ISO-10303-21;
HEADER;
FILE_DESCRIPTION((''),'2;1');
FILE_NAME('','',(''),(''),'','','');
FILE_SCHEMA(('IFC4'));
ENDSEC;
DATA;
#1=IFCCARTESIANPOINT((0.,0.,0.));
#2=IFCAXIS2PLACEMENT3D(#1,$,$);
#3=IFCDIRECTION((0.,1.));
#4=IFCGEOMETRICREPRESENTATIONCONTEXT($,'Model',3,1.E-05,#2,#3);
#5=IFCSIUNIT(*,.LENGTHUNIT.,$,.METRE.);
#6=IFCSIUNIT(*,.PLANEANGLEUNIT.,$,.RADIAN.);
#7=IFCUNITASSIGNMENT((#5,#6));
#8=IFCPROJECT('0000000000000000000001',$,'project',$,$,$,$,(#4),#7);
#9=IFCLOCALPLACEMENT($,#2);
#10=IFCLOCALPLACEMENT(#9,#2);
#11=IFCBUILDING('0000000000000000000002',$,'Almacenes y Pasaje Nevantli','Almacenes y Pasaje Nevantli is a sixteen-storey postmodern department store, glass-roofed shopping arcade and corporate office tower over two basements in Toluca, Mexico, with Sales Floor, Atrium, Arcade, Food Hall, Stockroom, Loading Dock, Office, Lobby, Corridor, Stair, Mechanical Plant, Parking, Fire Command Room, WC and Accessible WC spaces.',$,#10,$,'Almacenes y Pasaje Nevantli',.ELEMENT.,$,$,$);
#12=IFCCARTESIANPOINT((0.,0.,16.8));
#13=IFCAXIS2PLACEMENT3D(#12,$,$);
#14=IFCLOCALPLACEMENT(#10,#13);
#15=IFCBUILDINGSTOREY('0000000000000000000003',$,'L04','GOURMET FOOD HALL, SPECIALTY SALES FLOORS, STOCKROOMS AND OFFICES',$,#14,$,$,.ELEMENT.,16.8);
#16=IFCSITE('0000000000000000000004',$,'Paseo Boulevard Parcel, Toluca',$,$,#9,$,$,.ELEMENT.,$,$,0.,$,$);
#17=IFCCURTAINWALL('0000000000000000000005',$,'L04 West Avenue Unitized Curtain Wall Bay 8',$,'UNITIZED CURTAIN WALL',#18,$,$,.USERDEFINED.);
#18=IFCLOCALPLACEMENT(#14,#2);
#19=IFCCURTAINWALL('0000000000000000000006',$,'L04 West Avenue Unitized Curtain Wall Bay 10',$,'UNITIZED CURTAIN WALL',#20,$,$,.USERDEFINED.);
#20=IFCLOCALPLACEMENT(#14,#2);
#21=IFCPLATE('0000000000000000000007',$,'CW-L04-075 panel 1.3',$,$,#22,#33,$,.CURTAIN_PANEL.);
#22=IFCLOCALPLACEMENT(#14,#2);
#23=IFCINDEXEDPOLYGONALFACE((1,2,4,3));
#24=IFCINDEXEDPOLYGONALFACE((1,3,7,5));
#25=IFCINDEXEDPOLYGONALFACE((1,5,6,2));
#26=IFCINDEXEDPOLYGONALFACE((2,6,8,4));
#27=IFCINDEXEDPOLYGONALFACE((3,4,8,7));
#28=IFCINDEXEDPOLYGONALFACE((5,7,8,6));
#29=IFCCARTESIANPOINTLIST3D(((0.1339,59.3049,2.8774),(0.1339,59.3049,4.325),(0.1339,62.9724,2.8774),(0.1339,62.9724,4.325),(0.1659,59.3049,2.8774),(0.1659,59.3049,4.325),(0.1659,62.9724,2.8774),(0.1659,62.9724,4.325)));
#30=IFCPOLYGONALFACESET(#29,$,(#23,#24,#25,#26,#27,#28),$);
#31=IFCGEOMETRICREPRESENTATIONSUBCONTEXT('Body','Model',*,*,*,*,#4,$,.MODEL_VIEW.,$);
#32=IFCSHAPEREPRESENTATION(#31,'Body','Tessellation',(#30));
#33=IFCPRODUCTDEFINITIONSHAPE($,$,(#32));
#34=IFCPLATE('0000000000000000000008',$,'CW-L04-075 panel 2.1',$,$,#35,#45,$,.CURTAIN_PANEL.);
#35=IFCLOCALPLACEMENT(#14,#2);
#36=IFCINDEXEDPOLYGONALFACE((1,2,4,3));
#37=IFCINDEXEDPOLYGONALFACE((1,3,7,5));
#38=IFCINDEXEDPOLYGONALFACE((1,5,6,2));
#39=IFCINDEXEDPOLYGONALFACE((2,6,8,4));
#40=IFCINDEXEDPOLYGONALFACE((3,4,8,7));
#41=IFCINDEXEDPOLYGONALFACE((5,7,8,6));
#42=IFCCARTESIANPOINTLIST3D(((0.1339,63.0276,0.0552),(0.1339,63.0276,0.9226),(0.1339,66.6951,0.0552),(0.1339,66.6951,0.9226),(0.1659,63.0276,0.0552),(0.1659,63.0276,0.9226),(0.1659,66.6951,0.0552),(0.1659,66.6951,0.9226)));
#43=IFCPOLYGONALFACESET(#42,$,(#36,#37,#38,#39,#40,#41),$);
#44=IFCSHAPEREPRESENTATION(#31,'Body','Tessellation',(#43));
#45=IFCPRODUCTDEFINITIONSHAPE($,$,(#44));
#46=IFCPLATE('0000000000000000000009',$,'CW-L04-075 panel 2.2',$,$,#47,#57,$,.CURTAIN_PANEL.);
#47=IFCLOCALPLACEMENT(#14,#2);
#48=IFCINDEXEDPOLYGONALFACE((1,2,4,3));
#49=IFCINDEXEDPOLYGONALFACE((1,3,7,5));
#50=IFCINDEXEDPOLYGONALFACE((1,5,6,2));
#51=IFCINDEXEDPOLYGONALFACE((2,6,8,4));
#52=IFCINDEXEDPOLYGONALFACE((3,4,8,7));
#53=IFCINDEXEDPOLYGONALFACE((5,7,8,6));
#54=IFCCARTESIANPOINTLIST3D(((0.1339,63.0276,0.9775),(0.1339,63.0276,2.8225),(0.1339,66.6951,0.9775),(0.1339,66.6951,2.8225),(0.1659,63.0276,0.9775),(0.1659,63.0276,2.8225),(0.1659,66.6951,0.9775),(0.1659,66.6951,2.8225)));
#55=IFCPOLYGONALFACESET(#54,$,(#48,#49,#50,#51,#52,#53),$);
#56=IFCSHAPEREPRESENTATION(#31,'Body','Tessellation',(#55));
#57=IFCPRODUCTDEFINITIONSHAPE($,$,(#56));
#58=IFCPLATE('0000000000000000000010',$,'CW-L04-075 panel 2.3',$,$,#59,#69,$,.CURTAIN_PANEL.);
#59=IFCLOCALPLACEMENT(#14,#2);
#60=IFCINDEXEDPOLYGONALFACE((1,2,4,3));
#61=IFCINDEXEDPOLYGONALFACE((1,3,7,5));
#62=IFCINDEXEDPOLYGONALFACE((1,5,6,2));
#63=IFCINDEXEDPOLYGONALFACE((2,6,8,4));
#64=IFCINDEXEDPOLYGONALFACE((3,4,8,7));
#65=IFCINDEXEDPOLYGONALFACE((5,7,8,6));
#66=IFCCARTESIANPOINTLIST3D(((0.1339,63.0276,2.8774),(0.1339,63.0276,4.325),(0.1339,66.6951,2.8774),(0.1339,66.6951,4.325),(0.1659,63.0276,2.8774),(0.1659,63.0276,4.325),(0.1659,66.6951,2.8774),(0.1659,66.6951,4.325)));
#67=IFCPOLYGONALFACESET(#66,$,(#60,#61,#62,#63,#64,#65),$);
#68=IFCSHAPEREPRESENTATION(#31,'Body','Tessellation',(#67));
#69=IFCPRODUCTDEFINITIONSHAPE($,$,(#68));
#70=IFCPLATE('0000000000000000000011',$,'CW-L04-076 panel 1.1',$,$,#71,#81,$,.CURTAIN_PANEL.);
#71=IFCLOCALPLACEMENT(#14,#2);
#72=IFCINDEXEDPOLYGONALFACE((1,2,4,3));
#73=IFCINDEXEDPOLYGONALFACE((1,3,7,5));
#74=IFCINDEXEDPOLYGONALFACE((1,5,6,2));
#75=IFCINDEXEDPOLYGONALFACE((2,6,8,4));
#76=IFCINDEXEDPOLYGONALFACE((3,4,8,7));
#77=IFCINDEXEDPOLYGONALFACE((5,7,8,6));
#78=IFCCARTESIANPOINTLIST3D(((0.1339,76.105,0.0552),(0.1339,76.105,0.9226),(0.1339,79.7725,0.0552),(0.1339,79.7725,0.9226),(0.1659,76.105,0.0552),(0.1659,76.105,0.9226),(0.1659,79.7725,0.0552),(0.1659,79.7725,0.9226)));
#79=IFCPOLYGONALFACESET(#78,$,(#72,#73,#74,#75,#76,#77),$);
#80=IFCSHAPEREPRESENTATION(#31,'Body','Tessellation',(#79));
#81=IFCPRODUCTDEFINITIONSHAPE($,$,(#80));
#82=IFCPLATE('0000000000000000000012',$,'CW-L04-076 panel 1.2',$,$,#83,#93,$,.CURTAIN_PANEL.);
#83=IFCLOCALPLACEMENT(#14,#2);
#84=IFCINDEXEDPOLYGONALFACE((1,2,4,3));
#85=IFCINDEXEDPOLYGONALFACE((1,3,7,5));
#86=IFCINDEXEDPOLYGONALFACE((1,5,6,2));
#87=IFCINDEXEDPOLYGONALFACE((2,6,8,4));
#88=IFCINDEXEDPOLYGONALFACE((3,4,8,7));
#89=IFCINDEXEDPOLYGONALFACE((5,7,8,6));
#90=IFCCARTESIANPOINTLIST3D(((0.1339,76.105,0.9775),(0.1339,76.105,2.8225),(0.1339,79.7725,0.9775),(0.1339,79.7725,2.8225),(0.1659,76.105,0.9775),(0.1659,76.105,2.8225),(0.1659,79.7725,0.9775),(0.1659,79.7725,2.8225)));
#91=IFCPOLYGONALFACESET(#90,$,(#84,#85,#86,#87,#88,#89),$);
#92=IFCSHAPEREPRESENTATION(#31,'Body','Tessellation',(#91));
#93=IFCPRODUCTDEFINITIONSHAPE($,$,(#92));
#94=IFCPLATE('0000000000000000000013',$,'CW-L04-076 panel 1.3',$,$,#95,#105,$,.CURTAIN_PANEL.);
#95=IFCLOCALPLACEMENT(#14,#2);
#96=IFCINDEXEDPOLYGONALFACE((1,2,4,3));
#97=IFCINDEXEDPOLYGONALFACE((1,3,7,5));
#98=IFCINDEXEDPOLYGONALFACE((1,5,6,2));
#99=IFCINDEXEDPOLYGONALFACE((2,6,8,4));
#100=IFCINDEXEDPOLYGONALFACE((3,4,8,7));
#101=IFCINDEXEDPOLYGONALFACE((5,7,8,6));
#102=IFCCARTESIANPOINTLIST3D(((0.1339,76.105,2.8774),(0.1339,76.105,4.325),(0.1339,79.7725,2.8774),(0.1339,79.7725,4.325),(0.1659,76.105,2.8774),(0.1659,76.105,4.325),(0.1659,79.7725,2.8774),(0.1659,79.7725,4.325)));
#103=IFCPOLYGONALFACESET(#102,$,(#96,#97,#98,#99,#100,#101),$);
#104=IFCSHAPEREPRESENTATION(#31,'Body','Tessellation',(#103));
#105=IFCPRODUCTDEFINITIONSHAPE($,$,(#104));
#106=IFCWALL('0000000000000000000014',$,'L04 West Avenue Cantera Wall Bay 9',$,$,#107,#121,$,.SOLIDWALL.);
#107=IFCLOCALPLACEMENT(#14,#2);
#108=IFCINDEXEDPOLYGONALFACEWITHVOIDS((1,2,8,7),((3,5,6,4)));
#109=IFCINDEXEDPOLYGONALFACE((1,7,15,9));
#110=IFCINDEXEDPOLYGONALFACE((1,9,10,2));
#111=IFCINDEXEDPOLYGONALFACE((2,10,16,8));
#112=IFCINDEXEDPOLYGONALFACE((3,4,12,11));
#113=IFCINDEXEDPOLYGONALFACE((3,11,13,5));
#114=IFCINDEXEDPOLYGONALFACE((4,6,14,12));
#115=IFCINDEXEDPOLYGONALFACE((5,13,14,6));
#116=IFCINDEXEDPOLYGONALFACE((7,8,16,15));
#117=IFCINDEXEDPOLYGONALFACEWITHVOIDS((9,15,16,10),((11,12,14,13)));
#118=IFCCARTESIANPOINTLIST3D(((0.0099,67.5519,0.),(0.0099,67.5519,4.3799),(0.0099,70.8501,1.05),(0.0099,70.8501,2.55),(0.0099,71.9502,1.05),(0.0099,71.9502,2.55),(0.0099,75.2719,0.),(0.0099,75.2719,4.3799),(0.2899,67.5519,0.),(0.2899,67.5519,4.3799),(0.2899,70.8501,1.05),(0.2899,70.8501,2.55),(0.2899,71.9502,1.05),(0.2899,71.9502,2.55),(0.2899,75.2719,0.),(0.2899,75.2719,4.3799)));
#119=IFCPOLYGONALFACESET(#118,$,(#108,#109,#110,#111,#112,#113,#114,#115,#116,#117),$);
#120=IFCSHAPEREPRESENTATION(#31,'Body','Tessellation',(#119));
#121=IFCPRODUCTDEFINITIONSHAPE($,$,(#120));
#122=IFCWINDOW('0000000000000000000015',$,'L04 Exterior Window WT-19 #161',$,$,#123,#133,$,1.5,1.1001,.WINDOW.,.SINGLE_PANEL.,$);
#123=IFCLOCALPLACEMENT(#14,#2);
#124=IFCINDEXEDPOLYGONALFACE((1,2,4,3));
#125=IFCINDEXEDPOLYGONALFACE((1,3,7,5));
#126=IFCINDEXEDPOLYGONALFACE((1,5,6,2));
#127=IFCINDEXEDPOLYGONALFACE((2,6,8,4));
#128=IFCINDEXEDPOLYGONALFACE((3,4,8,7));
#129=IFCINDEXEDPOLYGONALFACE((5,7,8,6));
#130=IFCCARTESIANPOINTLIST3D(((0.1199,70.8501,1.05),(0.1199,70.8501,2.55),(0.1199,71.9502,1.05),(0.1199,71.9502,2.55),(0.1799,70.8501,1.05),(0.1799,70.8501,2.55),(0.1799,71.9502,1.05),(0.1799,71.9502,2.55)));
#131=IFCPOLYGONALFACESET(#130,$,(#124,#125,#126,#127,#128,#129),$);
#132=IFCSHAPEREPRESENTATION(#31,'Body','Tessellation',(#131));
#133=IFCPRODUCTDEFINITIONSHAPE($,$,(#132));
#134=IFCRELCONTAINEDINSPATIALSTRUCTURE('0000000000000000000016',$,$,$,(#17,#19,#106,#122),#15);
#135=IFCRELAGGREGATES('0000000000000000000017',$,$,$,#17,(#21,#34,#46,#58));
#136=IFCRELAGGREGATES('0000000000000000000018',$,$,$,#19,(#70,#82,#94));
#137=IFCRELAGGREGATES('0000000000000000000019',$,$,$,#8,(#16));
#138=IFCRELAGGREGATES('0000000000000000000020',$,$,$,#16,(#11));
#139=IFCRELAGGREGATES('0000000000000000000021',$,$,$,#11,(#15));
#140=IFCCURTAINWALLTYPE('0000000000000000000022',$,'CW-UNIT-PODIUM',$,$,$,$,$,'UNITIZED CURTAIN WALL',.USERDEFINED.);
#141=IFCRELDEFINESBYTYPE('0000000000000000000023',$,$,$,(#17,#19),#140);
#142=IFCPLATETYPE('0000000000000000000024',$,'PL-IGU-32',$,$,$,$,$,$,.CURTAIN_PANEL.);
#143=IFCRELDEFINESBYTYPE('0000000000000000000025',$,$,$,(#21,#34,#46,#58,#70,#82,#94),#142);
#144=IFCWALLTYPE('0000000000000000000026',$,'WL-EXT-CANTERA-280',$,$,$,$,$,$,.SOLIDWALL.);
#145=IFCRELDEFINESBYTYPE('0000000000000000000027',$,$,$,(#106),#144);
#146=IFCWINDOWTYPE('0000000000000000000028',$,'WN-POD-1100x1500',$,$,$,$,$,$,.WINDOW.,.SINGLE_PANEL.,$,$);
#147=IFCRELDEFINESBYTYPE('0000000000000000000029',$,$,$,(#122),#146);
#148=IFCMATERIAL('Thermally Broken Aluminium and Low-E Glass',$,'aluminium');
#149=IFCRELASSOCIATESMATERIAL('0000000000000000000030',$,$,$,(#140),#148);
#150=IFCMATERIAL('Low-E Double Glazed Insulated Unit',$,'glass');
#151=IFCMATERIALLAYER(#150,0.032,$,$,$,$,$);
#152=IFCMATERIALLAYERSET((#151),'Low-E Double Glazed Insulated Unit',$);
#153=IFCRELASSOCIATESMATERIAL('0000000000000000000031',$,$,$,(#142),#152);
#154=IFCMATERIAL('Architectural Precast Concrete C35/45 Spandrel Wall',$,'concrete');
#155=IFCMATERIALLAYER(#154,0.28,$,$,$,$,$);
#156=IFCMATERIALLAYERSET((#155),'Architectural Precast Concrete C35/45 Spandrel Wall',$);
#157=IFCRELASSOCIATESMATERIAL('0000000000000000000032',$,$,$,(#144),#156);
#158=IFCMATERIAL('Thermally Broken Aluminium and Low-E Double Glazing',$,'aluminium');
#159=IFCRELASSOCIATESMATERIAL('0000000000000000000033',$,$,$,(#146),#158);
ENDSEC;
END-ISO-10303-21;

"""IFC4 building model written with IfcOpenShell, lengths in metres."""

from ifc_helpers import new_model, si_unit, direction, frame, frame_2d, origin, origin_2d, place, context, subcontext, project, spatial, rectangle, extrude, material, layer, layer_set, type_object, element, fill, aggregate, save


model = new_model("IFC4")

# Units and contexts
model_context = context("Model", 3, precision=1e-05, world=origin(), true_north=direction((0.0, 1.0)))
body_context = subcontext(model_context, "Body", "Model", "MODEL_VIEW")
ifc_project = project(units=[si_unit("LENGTHUNIT", "METRE"), si_unit("PLANEANGLEUNIT", "RADIAN")], contexts=[model_context])

# Site, building, storey
site_placement = place(None, origin())
site = spatial("IfcSite", under=ifc_project, at=site_placement, Name="Paseo Boulevard Parcel, Toluca", CompositionType="ELEMENT", RefElevation=0.0)
building_placement = place(site_placement, origin())
building = spatial("IfcBuilding", under=site, at=building_placement, Name="Almacenes y Pasaje Nevantli", Description="Almacenes y Pasaje Nevantli is a sixteen-storey postmodern department store, glass-roofed shopping arcade and corporate office tower over two basements in Toluca, Mexico, with Sales Floor, Atrium, Arcade, Food Hall, Stockroom, Loading Dock, Office, Lobby, Corridor, Stair, Mechanical Plant, Parking, Fire Command Room, WC and Accessible WC spaces.", LongName="Almacenes y Pasaje Nevantli", CompositionType="ELEMENT")
storey_placement = place(building_placement, frame((0.0, 0.0, 16.8)))
storey = spatial("IfcBuildingStorey", under=building, at=storey_placement, Name="L04", Description="GOURMET FOOD HALL, SPECIALTY SALES FLOORS, STOCKROOMS AND OFFICES", CompositionType="ELEMENT", Elevation=16.8)

# Curtain walls
ifc_material_1 = material(Name="Thermally Broken Aluminium and Low-E Glass", Category="aluminium")
curtain_wall_type = type_object("IfcCurtainWallType", Name="CW-UNIT-PODIUM", ElementType="UNITIZED CURTAIN WALL", PredefinedType="USERDEFINED", material=ifc_material_1)
curtain_wall_1_placement = place(storey_placement, origin())
curtain_wall_1 = element("IfcCurtainWall", 1, at=curtain_wall_1_placement, inside=storey, type_object=curtain_wall_type, Name="L04 West Avenue Unitized Curtain Wall Bay 8", ObjectType="UNITIZED CURTAIN WALL", PredefinedType="USERDEFINED")
curtain_wall_2_placement = place(storey_placement, origin())
curtain_wall_2 = element("IfcCurtainWall", 2, at=curtain_wall_2_placement, inside=storey, type_object=curtain_wall_type, Name="L04 West Avenue Unitized Curtain Wall Bay 10", ObjectType="UNITIZED CURTAIN WALL", PredefinedType="USERDEFINED")

# Plates
ifc_material_2 = material(Name="Low-E Double Glazed Insulated Unit", Category="glass")
ifc_layer_1 = layer(ifc_material_2, 0.032)
ifc_layer_set_1 = layer_set([ifc_layer_1], Name="Low-E Double Glazed Insulated Unit")
plate_type = type_object("IfcPlateType", Name="PL-IGU-32", PredefinedType="CURTAIN_PANEL", material=ifc_layer_set_1)
plate_1_placement = place(storey_placement, frame((0.1499, 61.1387, 2.8774), z_axis=(0.0, 0.0, 1.0), x_axis=(0.0, 1.0, 0.0)))
plate_1 = element("IfcPlate", 3, at=plate_1_placement, type_object=plate_type, Name="CW-L04-075 panel 1.3", PredefinedType="CURTAIN_PANEL", context=body_context, shape_type="SweptSolid", body=[
    extrude(rectangle(XDim=3.6675, YDim=0.032, at=origin_2d()), origin(), (0.0, 0.0, 1.0), 1.4475),
])
plate_2_placement = place(storey_placement, frame((0.1499, 64.8613, 0.0552), z_axis=(0.0, 0.0, 1.0), x_axis=(0.0, 1.0, 0.0)))
plate_2 = element("IfcPlate", 4, at=plate_2_placement, type_object=plate_type, Name="CW-L04-075 panel 2.1", PredefinedType="CURTAIN_PANEL", context=body_context, shape_type="SweptSolid", body=[
    extrude(rectangle(XDim=3.6675, YDim=0.032, at=origin_2d()), origin(), (0.0, 0.0, 1.0), 0.8674),
])
plate_3_placement = place(storey_placement, frame((0.1499, 64.8613, 0.9775), z_axis=(0.0, 0.0, 1.0), x_axis=(0.0, 1.0, 0.0)))
plate_3 = element("IfcPlate", 5, at=plate_3_placement, type_object=plate_type, Name="CW-L04-075 panel 2.2", PredefinedType="CURTAIN_PANEL", context=body_context, shape_type="SweptSolid", body=[
    extrude(rectangle(XDim=3.6675, YDim=0.032, at=origin_2d()), origin(), (0.0, 0.0, 1.0), 1.845),
])
plate_4_placement = place(storey_placement, frame((0.1499, 64.8613, 2.8774), z_axis=(0.0, 0.0, 1.0), x_axis=(0.0, 1.0, 0.0)))
plate_4 = element("IfcPlate", 6, at=plate_4_placement, type_object=plate_type, Name="CW-L04-075 panel 2.3", PredefinedType="CURTAIN_PANEL", context=body_context, shape_type="SweptSolid", body=[
    extrude(rectangle(XDim=3.6675, YDim=0.032, at=origin_2d()), origin(), (0.0, 0.0, 1.0), 1.4475),
])
aggregate(curtain_wall_1, [plate_1, plate_2, plate_3, plate_4])
plate_5_placement = place(storey_placement, frame((0.1499, 77.9387, 0.0552), z_axis=(0.0, 0.0, 1.0), x_axis=(0.0, 1.0, 0.0)))
plate_5 = element("IfcPlate", 7, at=plate_5_placement, type_object=plate_type, Name="CW-L04-076 panel 1.1", PredefinedType="CURTAIN_PANEL", context=body_context, shape_type="SweptSolid", body=[
    extrude(rectangle(XDim=3.6675, YDim=0.032, at=origin_2d()), origin(), (0.0, 0.0, 1.0), 0.8674),
])
plate_6_placement = place(storey_placement, frame((0.1499, 77.9387, 0.9775), z_axis=(0.0, 0.0, 1.0), x_axis=(0.0, 1.0, 0.0)))
plate_6 = element("IfcPlate", 8, at=plate_6_placement, type_object=plate_type, Name="CW-L04-076 panel 1.2", PredefinedType="CURTAIN_PANEL", context=body_context, shape_type="SweptSolid", body=[
    extrude(rectangle(XDim=3.6675, YDim=0.032, at=origin_2d()), origin(), (0.0, 0.0, 1.0), 1.845),
])
plate_7_placement = place(storey_placement, frame((0.1499, 77.9387, 2.8774), z_axis=(0.0, 0.0, 1.0), x_axis=(0.0, 1.0, 0.0)))
plate_7 = element("IfcPlate", 9, at=plate_7_placement, type_object=plate_type, Name="CW-L04-076 panel 1.3", PredefinedType="CURTAIN_PANEL", context=body_context, shape_type="SweptSolid", body=[
    extrude(rectangle(XDim=3.6675, YDim=0.032, at=origin_2d()), origin(), (0.0, 0.0, 1.0), 1.4475),
])
aggregate(curtain_wall_2, [plate_5, plate_6, plate_7])

# Wall, opening, window
ifc_material_3 = material(Name="Architectural Precast Concrete C35/45 Spandrel Wall", Category="concrete")
ifc_layer_2 = layer(ifc_material_3, 0.28)
ifc_layer_set_2 = layer_set([ifc_layer_2], Name="Architectural Precast Concrete C35/45 Spandrel Wall")
wall_type = type_object("IfcWallType", Name="WL-EXT-CANTERA-280", PredefinedType="SOLIDWALL", material=ifc_layer_set_2)
wall_placement = place(storey_placement, frame((0.1499, 67.552, 0.0), z_axis=(0.0, 0.0, 1.0), x_axis=(0.0, 1.0, 0.0)))
wall = element("IfcWall", 10, at=wall_placement, inside=storey, type_object=wall_type, Name="L04 West Avenue Cantera Wall Bay 9", PredefinedType="SOLIDWALL", context=body_context, shape_type="SweptSolid", body=[
    extrude(rectangle(XDim=7.72, YDim=0.28, at=frame_2d((3.8599, 0.0))), origin(), (0.0, 0.0, 1.0), 4.3799),
])
opening_placement = place(wall_placement, frame((3.2981, 0.0, 1.05)))
opening = element("IfcOpeningElement", 11, at=opening_placement, cuts=wall, PredefinedType="OPENING", context=body_context, shape_type="SweptSolid", body=[
    extrude(rectangle(XDim=1.1001, YDim=1.5, at=frame_2d((0.55, 0.75))), frame((0.0, 0.1499, 0.0), z_axis=(0.0, -1.0, 0.0), x_axis=(1.0, 0.0, 0.0)), (0.0, 0.0, 1.0), 0.3),
])
ifc_material_4 = material(Name="Thermally Broken Aluminium and Low-E Double Glazing", Category="aluminium")
window_type = type_object("IfcWindowType", Name="WN-POD-1100x1500", PartitioningType="SINGLE_PANEL", PredefinedType="WINDOW", material=ifc_material_4)
window_placement = place(opening_placement, origin())
window = element("IfcWindow", 12, at=window_placement, inside=storey, type_object=window_type, Name="L04 Exterior Window WT-19 #161", OverallHeight=1.5, OverallWidth=1.1001, PartitioningType="SINGLE_PANEL", PredefinedType="WINDOW", context=body_context, shape_type="SweptSolid", body=[
    extrude(rectangle(XDim=1.1001, YDim=1.5, at=frame_2d((0.55, 0.75))), frame((0.0, 0.03, 0.0), z_axis=(0.0, -1.0, 0.0), x_axis=(1.0, 0.0, 0.0)), (0.0, 0.0, 1.0), 0.0601),
])
fill(opening, window)

save(model, "model.ifc")
